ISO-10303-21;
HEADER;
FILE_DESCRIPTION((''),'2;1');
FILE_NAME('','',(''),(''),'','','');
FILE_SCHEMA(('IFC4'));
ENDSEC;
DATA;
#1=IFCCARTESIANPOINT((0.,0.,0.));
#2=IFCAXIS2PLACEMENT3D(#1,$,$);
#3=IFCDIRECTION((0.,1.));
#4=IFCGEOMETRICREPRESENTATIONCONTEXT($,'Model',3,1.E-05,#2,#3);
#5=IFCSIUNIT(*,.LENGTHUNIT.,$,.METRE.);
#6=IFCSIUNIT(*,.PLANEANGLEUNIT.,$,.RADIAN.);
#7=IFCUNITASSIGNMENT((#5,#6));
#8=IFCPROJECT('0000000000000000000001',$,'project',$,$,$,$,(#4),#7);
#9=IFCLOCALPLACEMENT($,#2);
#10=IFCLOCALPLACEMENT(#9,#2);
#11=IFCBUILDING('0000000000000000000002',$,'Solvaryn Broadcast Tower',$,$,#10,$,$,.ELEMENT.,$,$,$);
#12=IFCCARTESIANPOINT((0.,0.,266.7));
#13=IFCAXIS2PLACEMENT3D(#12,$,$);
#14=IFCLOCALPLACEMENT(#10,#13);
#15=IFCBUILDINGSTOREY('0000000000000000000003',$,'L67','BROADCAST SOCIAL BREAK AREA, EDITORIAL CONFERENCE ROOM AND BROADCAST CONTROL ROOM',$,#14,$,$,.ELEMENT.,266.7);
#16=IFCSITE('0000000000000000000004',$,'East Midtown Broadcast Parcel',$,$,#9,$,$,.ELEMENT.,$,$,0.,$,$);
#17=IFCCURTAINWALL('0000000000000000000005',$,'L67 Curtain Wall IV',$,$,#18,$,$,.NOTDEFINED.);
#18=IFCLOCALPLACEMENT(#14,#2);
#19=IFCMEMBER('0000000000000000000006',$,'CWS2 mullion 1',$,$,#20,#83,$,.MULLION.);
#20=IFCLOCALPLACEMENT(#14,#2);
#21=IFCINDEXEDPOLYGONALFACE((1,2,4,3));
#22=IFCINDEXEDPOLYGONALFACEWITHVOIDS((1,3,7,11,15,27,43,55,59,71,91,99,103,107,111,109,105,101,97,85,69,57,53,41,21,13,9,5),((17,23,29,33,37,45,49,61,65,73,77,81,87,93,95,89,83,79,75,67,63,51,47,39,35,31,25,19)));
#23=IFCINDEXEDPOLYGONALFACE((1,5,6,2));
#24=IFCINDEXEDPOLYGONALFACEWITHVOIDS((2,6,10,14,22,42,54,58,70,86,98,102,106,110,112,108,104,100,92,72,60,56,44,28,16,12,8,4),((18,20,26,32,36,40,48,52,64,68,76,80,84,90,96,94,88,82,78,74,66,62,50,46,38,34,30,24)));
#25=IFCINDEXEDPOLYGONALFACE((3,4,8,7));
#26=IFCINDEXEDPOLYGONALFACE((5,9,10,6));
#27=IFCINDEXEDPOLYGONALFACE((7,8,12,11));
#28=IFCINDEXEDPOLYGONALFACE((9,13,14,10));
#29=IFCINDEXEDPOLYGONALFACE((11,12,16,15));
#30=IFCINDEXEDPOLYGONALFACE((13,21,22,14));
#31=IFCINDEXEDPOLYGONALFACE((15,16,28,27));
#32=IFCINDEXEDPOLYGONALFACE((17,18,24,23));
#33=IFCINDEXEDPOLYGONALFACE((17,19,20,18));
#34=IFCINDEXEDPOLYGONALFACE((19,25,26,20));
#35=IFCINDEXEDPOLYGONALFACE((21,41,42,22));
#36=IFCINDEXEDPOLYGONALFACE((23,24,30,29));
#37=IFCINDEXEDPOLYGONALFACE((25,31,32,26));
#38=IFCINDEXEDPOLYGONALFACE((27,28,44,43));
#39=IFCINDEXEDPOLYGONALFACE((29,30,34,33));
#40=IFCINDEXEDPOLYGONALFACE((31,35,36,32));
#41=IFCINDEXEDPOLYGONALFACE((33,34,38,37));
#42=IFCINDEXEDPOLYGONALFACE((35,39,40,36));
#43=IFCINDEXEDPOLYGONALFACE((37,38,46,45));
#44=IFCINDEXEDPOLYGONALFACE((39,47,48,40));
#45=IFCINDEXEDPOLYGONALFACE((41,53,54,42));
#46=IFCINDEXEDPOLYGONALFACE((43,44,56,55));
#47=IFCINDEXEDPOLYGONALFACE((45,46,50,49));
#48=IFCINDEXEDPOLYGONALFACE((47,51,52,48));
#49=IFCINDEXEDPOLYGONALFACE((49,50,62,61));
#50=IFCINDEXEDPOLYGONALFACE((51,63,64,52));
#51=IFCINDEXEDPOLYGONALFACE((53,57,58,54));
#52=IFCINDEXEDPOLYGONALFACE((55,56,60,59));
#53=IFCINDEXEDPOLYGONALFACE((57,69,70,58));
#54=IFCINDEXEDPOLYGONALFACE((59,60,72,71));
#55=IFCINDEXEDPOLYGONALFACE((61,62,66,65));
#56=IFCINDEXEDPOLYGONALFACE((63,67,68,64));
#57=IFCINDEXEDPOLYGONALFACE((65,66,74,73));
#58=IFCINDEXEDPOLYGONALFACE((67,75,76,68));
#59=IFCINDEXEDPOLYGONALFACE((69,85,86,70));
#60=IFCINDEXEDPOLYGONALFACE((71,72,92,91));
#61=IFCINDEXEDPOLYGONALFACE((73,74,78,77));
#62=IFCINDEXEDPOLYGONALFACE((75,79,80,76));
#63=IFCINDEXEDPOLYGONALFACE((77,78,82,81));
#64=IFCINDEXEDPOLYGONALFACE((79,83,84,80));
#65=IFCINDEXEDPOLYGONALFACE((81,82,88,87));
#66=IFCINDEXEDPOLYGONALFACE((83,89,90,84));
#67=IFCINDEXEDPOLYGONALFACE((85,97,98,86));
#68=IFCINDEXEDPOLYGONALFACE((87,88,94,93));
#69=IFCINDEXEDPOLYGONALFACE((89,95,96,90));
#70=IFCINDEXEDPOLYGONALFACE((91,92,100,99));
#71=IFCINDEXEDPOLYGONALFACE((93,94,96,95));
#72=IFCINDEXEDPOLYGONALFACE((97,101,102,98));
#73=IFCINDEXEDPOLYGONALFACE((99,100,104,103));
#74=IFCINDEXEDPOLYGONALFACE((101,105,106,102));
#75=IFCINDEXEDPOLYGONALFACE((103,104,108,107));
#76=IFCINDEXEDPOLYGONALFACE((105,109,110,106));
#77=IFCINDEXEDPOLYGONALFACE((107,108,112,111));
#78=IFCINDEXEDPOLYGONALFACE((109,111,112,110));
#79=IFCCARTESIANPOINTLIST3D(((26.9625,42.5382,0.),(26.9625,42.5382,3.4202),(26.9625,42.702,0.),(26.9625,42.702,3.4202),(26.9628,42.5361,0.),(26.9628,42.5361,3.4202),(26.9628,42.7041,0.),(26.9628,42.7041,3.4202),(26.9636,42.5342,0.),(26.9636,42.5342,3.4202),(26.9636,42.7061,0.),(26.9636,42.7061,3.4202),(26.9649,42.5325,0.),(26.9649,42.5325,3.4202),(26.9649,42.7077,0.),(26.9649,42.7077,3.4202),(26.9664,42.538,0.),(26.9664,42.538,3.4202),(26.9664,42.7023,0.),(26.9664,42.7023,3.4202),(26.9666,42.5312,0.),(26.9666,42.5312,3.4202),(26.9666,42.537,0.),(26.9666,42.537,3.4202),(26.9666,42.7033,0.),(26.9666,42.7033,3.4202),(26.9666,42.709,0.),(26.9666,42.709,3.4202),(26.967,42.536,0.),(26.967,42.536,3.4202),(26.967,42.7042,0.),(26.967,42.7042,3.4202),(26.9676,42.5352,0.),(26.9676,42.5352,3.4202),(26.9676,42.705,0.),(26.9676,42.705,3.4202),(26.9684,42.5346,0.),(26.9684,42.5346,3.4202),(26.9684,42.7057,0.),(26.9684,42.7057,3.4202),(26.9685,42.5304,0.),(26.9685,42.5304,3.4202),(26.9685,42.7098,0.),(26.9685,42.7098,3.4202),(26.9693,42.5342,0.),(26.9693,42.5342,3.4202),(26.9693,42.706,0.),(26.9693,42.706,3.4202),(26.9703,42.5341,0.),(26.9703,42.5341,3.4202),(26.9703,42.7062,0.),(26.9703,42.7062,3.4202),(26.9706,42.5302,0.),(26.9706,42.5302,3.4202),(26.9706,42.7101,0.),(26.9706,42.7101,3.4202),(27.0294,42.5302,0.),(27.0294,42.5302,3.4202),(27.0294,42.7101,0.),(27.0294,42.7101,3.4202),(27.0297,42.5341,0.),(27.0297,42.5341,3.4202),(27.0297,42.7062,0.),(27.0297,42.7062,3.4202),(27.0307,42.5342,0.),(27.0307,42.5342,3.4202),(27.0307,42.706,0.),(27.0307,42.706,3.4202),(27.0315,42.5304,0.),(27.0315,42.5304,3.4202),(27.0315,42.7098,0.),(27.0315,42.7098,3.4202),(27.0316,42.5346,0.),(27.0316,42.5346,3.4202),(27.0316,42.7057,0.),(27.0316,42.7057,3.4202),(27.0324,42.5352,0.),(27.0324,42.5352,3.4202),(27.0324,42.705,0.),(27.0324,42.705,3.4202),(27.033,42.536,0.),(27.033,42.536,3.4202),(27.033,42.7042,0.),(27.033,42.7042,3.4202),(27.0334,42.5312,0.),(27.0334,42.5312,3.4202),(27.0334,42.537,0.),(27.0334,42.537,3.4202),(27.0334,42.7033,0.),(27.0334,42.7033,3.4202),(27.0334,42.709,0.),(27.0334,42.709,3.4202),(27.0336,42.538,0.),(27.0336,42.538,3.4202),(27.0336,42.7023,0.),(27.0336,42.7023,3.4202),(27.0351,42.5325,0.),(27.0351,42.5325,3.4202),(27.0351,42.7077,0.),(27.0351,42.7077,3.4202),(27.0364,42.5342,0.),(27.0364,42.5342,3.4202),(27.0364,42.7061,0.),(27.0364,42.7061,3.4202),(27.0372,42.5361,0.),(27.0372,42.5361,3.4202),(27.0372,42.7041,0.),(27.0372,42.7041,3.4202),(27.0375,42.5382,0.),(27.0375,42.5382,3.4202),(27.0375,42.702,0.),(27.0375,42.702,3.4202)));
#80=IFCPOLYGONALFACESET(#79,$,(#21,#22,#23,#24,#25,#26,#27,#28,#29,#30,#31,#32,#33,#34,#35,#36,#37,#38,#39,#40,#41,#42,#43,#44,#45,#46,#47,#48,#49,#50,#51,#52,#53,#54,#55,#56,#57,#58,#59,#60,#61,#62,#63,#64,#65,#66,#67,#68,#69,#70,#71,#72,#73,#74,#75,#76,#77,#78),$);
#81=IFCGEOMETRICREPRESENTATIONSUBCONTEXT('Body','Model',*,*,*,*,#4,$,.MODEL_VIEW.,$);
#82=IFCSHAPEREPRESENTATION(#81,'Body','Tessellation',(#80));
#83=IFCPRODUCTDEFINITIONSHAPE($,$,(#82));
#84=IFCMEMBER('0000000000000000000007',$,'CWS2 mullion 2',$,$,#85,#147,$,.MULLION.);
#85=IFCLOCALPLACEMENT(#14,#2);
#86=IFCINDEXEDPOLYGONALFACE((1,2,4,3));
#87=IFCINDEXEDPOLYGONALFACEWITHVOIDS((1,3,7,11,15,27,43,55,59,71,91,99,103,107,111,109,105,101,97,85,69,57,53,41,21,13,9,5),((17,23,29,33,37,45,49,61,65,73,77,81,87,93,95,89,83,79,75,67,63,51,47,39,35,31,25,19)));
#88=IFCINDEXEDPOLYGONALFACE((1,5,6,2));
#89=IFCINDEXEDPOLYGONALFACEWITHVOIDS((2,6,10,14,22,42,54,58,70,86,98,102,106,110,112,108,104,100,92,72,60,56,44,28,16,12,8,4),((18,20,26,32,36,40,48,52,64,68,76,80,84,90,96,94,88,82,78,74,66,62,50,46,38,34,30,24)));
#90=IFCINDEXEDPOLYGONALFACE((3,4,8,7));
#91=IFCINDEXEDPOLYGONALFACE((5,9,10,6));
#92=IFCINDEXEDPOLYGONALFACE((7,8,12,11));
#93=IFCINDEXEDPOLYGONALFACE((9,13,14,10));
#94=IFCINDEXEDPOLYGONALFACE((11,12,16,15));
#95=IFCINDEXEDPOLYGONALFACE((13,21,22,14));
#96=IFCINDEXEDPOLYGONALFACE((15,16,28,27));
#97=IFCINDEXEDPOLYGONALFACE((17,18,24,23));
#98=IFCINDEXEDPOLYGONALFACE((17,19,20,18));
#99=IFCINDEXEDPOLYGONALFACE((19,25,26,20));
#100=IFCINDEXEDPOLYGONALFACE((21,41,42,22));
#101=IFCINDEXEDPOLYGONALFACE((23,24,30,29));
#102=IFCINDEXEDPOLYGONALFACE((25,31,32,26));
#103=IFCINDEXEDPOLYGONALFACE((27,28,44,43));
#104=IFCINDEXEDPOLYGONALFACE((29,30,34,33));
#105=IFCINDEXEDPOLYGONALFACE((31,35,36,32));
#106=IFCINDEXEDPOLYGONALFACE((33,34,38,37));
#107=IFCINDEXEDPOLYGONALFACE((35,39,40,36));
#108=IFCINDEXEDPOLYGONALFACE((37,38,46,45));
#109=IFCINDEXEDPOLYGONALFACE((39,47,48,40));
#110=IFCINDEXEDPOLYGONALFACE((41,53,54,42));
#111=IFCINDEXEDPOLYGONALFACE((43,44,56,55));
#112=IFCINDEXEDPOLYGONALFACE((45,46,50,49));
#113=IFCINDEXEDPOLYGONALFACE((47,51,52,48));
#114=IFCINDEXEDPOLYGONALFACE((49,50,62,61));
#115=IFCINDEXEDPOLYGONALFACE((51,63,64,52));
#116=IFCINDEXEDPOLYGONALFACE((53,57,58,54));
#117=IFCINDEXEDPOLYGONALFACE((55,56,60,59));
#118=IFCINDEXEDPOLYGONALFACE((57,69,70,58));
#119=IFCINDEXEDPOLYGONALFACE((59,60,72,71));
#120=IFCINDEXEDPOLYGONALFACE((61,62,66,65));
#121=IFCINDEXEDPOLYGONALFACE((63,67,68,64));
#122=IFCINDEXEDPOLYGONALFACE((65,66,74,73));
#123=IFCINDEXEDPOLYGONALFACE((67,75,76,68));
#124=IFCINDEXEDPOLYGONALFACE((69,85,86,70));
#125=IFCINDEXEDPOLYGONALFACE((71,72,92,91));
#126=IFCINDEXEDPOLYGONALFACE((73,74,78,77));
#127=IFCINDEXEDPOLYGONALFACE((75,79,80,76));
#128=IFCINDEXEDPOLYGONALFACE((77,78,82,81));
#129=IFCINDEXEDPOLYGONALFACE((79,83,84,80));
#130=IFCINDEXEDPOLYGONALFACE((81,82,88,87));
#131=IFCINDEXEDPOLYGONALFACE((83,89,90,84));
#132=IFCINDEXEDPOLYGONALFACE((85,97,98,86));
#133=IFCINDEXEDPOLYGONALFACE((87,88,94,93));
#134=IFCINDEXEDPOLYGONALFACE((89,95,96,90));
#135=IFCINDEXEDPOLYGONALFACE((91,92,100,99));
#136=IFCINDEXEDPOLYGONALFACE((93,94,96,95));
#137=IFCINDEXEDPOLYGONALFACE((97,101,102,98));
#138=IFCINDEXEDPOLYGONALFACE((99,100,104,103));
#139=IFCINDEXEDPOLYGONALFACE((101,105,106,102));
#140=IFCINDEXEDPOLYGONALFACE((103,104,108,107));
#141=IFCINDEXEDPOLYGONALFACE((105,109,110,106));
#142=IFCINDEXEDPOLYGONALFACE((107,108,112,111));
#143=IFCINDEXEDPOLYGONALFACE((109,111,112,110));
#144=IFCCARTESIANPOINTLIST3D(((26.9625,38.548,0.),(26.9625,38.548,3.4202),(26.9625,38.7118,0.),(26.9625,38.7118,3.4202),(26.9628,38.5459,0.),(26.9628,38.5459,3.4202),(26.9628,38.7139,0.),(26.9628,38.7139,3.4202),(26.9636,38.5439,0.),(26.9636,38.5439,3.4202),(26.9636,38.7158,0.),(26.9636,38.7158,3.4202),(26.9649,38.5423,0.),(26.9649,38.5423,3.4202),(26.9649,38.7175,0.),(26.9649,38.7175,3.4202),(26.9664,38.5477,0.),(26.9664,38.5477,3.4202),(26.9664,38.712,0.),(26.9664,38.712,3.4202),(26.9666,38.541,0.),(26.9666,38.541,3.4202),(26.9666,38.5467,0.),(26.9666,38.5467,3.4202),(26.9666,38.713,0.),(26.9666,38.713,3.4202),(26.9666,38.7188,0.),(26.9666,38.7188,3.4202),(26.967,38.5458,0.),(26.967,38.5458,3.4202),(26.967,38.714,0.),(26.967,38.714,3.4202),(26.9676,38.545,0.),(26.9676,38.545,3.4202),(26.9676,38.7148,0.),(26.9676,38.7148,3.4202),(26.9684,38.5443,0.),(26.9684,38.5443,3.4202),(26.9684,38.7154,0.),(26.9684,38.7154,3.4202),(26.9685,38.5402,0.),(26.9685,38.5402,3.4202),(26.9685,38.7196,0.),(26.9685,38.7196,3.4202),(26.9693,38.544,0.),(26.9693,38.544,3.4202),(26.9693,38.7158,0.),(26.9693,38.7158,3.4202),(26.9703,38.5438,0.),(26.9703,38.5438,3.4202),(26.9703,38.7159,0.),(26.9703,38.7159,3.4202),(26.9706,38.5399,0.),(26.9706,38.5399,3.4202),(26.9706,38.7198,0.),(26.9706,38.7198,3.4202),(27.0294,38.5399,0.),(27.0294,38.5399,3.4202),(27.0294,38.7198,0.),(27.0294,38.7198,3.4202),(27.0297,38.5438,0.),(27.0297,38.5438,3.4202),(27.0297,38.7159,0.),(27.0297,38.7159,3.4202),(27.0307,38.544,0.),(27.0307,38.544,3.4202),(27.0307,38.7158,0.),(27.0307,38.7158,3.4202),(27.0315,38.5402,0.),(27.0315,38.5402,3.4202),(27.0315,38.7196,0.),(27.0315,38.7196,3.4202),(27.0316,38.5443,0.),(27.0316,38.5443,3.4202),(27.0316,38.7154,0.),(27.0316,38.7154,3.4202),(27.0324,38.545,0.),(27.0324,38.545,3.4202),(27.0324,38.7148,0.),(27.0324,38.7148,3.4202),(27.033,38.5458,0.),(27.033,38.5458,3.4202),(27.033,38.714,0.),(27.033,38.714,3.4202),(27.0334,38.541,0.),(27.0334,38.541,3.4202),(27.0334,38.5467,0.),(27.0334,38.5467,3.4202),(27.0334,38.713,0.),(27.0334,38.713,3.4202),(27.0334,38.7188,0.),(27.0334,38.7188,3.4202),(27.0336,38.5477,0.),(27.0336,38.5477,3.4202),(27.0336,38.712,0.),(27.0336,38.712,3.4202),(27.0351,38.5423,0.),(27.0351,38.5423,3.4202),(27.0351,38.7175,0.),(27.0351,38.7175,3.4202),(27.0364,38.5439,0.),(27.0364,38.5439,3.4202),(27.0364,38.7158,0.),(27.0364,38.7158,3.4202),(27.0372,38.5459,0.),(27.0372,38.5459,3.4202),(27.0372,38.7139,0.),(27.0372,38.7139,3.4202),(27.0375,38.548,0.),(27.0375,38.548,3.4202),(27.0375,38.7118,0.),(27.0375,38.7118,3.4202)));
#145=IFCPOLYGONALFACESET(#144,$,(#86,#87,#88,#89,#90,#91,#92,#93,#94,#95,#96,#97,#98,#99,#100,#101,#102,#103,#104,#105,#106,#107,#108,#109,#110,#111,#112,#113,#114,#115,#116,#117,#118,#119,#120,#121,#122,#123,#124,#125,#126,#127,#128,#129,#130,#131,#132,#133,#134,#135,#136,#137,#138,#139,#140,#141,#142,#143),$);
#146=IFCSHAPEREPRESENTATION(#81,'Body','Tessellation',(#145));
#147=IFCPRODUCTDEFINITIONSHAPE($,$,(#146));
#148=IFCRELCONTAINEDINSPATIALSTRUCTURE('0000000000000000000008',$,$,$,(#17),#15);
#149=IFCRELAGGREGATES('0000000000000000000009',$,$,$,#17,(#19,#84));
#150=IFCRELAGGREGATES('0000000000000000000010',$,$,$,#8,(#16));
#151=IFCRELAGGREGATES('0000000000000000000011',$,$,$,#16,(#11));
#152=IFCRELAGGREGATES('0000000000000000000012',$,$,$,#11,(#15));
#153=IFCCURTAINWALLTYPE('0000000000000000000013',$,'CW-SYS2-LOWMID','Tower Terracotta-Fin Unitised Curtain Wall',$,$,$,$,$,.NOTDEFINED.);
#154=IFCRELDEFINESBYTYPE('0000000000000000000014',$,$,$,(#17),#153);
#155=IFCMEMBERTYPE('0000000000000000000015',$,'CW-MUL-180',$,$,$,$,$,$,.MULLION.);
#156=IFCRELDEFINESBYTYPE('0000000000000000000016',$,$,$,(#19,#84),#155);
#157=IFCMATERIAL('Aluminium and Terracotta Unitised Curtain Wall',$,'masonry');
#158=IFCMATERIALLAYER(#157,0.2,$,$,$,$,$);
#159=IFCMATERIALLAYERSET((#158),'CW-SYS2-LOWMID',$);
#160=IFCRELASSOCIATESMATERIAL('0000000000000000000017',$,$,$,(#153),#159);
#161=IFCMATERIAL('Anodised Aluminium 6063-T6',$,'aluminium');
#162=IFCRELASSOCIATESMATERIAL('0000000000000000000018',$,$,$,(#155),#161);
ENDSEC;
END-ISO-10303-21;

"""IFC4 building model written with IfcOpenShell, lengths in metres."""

from ifc_helpers import new_model, si_unit, direction, frame, origin, origin_2d, place, context, subcontext, project, spatial, hollow_rectangle, extrude, material, layer, layer_set, material_profile, profile_set, type_object, element, aggregate, save


model = new_model("IFC4")

# Units and contexts
model_context = context("Model", 3, precision=1e-05, world=origin(), true_north=direction((0.0, 1.0)))
body_context = subcontext(model_context, "Body", "Model", "MODEL_VIEW")
ifc_project = project(units=[si_unit("LENGTHUNIT", "METRE"), si_unit("PLANEANGLEUNIT", "RADIAN")], contexts=[model_context])

# Site, building, storey
site_placement = place(None, origin())
site = spatial("IfcSite", under=ifc_project, at=site_placement, Name="East Midtown Broadcast Parcel", CompositionType="ELEMENT", RefElevation=0.0)
building_placement = place(site_placement, origin())
building = spatial("IfcBuilding", under=site, at=building_placement, Name="Solvaryn Broadcast Tower", CompositionType="ELEMENT")
storey_placement = place(building_placement, frame((0.0, 0.0, 266.7)))
storey = spatial("IfcBuildingStorey", under=building, at=storey_placement, Name="L67", Description="BROADCAST SOCIAL BREAK AREA, EDITORIAL CONFERENCE ROOM AND BROADCAST CONTROL ROOM", CompositionType="ELEMENT", Elevation=266.7)

# Curtain wall, members
ifc_material_1 = material(Name="Aluminium and Terracotta Unitised Curtain Wall", Category="masonry")
ifc_layer_1 = layer(ifc_material_1, 0.2)
ifc_layer_set_1 = layer_set([ifc_layer_1], Name="CW-SYS2-LOWMID")
curtain_wall_type = type_object("IfcCurtainWallType", Name="CW-SYS2-LOWMID", Description="Tower Terracotta-Fin Unitised Curtain Wall", PredefinedType="NOTDEFINED", material=ifc_layer_set_1)
curtain_wall_1_placement = place(storey_placement, origin())
curtain_wall_1 = element("IfcCurtainWall", 1, at=curtain_wall_1_placement, inside=storey, type_object=curtain_wall_type, Name="L67 Curtain Wall IV", PredefinedType="NOTDEFINED")
ifc_material_2 = material(Name="Anodised Aluminium 6063-T6", Category="aluminium")
ifc_material_profile_1 = material_profile(ifc_material_2, hollow_rectangle(XDim=0.075, YDim=0.1799, WallThickness=0.0039, InnerFilletRadius=0.0039, OuterFilletRadius=0.0081, at=origin_2d()))
ifc_profile_set_1 = profile_set([ifc_material_profile_1], Name="Anodised Aluminium 6063-T6")
member_type_1 = type_object("IfcMemberType", Name="CW-MUL-180", PredefinedType="MULLION", material=ifc_profile_set_1)
member_1_placement = place(storey_placement, frame((27.0, 42.6201, 0.0), z_axis=(0.0, 0.0, 1.0), x_axis=(1.0, 0.0, 0.0)))
member_1 = element("IfcMember", 2, at=member_1_placement, type_object=member_type_1, Name="CWS2 mullion 1", PredefinedType="MULLION", context=body_context, shape_type="SweptSolid", body=[
    extrude(hollow_rectangle(XDim=0.075, YDim=0.1799, WallThickness=0.0039, InnerFilletRadius=0.0039, OuterFilletRadius=0.0081, at=origin_2d()), origin(), (0.0, 0.0, 1.0), 3.4202),
])
member_2_placement = place(storey_placement, frame((27.0, 38.6299, 0.0), z_axis=(0.0, 0.0, 1.0), x_axis=(1.0, 0.0, 0.0)))
member_2 = element("IfcMember", 3, at=member_2_placement, type_object=member_type_1, Name="CWS2 mullion 2", PredefinedType="MULLION", context=body_context, shape_type="SweptSolid", body=[
    extrude(hollow_rectangle(XDim=0.075, YDim=0.1799, WallThickness=0.0039, InnerFilletRadius=0.0039, OuterFilletRadius=0.0081, at=origin_2d()), origin(), (0.0, 0.0, 1.0), 3.4202),
])

aggregate(curtain_wall_1, [member_1, member_2])

save(model, "model.ifc")
